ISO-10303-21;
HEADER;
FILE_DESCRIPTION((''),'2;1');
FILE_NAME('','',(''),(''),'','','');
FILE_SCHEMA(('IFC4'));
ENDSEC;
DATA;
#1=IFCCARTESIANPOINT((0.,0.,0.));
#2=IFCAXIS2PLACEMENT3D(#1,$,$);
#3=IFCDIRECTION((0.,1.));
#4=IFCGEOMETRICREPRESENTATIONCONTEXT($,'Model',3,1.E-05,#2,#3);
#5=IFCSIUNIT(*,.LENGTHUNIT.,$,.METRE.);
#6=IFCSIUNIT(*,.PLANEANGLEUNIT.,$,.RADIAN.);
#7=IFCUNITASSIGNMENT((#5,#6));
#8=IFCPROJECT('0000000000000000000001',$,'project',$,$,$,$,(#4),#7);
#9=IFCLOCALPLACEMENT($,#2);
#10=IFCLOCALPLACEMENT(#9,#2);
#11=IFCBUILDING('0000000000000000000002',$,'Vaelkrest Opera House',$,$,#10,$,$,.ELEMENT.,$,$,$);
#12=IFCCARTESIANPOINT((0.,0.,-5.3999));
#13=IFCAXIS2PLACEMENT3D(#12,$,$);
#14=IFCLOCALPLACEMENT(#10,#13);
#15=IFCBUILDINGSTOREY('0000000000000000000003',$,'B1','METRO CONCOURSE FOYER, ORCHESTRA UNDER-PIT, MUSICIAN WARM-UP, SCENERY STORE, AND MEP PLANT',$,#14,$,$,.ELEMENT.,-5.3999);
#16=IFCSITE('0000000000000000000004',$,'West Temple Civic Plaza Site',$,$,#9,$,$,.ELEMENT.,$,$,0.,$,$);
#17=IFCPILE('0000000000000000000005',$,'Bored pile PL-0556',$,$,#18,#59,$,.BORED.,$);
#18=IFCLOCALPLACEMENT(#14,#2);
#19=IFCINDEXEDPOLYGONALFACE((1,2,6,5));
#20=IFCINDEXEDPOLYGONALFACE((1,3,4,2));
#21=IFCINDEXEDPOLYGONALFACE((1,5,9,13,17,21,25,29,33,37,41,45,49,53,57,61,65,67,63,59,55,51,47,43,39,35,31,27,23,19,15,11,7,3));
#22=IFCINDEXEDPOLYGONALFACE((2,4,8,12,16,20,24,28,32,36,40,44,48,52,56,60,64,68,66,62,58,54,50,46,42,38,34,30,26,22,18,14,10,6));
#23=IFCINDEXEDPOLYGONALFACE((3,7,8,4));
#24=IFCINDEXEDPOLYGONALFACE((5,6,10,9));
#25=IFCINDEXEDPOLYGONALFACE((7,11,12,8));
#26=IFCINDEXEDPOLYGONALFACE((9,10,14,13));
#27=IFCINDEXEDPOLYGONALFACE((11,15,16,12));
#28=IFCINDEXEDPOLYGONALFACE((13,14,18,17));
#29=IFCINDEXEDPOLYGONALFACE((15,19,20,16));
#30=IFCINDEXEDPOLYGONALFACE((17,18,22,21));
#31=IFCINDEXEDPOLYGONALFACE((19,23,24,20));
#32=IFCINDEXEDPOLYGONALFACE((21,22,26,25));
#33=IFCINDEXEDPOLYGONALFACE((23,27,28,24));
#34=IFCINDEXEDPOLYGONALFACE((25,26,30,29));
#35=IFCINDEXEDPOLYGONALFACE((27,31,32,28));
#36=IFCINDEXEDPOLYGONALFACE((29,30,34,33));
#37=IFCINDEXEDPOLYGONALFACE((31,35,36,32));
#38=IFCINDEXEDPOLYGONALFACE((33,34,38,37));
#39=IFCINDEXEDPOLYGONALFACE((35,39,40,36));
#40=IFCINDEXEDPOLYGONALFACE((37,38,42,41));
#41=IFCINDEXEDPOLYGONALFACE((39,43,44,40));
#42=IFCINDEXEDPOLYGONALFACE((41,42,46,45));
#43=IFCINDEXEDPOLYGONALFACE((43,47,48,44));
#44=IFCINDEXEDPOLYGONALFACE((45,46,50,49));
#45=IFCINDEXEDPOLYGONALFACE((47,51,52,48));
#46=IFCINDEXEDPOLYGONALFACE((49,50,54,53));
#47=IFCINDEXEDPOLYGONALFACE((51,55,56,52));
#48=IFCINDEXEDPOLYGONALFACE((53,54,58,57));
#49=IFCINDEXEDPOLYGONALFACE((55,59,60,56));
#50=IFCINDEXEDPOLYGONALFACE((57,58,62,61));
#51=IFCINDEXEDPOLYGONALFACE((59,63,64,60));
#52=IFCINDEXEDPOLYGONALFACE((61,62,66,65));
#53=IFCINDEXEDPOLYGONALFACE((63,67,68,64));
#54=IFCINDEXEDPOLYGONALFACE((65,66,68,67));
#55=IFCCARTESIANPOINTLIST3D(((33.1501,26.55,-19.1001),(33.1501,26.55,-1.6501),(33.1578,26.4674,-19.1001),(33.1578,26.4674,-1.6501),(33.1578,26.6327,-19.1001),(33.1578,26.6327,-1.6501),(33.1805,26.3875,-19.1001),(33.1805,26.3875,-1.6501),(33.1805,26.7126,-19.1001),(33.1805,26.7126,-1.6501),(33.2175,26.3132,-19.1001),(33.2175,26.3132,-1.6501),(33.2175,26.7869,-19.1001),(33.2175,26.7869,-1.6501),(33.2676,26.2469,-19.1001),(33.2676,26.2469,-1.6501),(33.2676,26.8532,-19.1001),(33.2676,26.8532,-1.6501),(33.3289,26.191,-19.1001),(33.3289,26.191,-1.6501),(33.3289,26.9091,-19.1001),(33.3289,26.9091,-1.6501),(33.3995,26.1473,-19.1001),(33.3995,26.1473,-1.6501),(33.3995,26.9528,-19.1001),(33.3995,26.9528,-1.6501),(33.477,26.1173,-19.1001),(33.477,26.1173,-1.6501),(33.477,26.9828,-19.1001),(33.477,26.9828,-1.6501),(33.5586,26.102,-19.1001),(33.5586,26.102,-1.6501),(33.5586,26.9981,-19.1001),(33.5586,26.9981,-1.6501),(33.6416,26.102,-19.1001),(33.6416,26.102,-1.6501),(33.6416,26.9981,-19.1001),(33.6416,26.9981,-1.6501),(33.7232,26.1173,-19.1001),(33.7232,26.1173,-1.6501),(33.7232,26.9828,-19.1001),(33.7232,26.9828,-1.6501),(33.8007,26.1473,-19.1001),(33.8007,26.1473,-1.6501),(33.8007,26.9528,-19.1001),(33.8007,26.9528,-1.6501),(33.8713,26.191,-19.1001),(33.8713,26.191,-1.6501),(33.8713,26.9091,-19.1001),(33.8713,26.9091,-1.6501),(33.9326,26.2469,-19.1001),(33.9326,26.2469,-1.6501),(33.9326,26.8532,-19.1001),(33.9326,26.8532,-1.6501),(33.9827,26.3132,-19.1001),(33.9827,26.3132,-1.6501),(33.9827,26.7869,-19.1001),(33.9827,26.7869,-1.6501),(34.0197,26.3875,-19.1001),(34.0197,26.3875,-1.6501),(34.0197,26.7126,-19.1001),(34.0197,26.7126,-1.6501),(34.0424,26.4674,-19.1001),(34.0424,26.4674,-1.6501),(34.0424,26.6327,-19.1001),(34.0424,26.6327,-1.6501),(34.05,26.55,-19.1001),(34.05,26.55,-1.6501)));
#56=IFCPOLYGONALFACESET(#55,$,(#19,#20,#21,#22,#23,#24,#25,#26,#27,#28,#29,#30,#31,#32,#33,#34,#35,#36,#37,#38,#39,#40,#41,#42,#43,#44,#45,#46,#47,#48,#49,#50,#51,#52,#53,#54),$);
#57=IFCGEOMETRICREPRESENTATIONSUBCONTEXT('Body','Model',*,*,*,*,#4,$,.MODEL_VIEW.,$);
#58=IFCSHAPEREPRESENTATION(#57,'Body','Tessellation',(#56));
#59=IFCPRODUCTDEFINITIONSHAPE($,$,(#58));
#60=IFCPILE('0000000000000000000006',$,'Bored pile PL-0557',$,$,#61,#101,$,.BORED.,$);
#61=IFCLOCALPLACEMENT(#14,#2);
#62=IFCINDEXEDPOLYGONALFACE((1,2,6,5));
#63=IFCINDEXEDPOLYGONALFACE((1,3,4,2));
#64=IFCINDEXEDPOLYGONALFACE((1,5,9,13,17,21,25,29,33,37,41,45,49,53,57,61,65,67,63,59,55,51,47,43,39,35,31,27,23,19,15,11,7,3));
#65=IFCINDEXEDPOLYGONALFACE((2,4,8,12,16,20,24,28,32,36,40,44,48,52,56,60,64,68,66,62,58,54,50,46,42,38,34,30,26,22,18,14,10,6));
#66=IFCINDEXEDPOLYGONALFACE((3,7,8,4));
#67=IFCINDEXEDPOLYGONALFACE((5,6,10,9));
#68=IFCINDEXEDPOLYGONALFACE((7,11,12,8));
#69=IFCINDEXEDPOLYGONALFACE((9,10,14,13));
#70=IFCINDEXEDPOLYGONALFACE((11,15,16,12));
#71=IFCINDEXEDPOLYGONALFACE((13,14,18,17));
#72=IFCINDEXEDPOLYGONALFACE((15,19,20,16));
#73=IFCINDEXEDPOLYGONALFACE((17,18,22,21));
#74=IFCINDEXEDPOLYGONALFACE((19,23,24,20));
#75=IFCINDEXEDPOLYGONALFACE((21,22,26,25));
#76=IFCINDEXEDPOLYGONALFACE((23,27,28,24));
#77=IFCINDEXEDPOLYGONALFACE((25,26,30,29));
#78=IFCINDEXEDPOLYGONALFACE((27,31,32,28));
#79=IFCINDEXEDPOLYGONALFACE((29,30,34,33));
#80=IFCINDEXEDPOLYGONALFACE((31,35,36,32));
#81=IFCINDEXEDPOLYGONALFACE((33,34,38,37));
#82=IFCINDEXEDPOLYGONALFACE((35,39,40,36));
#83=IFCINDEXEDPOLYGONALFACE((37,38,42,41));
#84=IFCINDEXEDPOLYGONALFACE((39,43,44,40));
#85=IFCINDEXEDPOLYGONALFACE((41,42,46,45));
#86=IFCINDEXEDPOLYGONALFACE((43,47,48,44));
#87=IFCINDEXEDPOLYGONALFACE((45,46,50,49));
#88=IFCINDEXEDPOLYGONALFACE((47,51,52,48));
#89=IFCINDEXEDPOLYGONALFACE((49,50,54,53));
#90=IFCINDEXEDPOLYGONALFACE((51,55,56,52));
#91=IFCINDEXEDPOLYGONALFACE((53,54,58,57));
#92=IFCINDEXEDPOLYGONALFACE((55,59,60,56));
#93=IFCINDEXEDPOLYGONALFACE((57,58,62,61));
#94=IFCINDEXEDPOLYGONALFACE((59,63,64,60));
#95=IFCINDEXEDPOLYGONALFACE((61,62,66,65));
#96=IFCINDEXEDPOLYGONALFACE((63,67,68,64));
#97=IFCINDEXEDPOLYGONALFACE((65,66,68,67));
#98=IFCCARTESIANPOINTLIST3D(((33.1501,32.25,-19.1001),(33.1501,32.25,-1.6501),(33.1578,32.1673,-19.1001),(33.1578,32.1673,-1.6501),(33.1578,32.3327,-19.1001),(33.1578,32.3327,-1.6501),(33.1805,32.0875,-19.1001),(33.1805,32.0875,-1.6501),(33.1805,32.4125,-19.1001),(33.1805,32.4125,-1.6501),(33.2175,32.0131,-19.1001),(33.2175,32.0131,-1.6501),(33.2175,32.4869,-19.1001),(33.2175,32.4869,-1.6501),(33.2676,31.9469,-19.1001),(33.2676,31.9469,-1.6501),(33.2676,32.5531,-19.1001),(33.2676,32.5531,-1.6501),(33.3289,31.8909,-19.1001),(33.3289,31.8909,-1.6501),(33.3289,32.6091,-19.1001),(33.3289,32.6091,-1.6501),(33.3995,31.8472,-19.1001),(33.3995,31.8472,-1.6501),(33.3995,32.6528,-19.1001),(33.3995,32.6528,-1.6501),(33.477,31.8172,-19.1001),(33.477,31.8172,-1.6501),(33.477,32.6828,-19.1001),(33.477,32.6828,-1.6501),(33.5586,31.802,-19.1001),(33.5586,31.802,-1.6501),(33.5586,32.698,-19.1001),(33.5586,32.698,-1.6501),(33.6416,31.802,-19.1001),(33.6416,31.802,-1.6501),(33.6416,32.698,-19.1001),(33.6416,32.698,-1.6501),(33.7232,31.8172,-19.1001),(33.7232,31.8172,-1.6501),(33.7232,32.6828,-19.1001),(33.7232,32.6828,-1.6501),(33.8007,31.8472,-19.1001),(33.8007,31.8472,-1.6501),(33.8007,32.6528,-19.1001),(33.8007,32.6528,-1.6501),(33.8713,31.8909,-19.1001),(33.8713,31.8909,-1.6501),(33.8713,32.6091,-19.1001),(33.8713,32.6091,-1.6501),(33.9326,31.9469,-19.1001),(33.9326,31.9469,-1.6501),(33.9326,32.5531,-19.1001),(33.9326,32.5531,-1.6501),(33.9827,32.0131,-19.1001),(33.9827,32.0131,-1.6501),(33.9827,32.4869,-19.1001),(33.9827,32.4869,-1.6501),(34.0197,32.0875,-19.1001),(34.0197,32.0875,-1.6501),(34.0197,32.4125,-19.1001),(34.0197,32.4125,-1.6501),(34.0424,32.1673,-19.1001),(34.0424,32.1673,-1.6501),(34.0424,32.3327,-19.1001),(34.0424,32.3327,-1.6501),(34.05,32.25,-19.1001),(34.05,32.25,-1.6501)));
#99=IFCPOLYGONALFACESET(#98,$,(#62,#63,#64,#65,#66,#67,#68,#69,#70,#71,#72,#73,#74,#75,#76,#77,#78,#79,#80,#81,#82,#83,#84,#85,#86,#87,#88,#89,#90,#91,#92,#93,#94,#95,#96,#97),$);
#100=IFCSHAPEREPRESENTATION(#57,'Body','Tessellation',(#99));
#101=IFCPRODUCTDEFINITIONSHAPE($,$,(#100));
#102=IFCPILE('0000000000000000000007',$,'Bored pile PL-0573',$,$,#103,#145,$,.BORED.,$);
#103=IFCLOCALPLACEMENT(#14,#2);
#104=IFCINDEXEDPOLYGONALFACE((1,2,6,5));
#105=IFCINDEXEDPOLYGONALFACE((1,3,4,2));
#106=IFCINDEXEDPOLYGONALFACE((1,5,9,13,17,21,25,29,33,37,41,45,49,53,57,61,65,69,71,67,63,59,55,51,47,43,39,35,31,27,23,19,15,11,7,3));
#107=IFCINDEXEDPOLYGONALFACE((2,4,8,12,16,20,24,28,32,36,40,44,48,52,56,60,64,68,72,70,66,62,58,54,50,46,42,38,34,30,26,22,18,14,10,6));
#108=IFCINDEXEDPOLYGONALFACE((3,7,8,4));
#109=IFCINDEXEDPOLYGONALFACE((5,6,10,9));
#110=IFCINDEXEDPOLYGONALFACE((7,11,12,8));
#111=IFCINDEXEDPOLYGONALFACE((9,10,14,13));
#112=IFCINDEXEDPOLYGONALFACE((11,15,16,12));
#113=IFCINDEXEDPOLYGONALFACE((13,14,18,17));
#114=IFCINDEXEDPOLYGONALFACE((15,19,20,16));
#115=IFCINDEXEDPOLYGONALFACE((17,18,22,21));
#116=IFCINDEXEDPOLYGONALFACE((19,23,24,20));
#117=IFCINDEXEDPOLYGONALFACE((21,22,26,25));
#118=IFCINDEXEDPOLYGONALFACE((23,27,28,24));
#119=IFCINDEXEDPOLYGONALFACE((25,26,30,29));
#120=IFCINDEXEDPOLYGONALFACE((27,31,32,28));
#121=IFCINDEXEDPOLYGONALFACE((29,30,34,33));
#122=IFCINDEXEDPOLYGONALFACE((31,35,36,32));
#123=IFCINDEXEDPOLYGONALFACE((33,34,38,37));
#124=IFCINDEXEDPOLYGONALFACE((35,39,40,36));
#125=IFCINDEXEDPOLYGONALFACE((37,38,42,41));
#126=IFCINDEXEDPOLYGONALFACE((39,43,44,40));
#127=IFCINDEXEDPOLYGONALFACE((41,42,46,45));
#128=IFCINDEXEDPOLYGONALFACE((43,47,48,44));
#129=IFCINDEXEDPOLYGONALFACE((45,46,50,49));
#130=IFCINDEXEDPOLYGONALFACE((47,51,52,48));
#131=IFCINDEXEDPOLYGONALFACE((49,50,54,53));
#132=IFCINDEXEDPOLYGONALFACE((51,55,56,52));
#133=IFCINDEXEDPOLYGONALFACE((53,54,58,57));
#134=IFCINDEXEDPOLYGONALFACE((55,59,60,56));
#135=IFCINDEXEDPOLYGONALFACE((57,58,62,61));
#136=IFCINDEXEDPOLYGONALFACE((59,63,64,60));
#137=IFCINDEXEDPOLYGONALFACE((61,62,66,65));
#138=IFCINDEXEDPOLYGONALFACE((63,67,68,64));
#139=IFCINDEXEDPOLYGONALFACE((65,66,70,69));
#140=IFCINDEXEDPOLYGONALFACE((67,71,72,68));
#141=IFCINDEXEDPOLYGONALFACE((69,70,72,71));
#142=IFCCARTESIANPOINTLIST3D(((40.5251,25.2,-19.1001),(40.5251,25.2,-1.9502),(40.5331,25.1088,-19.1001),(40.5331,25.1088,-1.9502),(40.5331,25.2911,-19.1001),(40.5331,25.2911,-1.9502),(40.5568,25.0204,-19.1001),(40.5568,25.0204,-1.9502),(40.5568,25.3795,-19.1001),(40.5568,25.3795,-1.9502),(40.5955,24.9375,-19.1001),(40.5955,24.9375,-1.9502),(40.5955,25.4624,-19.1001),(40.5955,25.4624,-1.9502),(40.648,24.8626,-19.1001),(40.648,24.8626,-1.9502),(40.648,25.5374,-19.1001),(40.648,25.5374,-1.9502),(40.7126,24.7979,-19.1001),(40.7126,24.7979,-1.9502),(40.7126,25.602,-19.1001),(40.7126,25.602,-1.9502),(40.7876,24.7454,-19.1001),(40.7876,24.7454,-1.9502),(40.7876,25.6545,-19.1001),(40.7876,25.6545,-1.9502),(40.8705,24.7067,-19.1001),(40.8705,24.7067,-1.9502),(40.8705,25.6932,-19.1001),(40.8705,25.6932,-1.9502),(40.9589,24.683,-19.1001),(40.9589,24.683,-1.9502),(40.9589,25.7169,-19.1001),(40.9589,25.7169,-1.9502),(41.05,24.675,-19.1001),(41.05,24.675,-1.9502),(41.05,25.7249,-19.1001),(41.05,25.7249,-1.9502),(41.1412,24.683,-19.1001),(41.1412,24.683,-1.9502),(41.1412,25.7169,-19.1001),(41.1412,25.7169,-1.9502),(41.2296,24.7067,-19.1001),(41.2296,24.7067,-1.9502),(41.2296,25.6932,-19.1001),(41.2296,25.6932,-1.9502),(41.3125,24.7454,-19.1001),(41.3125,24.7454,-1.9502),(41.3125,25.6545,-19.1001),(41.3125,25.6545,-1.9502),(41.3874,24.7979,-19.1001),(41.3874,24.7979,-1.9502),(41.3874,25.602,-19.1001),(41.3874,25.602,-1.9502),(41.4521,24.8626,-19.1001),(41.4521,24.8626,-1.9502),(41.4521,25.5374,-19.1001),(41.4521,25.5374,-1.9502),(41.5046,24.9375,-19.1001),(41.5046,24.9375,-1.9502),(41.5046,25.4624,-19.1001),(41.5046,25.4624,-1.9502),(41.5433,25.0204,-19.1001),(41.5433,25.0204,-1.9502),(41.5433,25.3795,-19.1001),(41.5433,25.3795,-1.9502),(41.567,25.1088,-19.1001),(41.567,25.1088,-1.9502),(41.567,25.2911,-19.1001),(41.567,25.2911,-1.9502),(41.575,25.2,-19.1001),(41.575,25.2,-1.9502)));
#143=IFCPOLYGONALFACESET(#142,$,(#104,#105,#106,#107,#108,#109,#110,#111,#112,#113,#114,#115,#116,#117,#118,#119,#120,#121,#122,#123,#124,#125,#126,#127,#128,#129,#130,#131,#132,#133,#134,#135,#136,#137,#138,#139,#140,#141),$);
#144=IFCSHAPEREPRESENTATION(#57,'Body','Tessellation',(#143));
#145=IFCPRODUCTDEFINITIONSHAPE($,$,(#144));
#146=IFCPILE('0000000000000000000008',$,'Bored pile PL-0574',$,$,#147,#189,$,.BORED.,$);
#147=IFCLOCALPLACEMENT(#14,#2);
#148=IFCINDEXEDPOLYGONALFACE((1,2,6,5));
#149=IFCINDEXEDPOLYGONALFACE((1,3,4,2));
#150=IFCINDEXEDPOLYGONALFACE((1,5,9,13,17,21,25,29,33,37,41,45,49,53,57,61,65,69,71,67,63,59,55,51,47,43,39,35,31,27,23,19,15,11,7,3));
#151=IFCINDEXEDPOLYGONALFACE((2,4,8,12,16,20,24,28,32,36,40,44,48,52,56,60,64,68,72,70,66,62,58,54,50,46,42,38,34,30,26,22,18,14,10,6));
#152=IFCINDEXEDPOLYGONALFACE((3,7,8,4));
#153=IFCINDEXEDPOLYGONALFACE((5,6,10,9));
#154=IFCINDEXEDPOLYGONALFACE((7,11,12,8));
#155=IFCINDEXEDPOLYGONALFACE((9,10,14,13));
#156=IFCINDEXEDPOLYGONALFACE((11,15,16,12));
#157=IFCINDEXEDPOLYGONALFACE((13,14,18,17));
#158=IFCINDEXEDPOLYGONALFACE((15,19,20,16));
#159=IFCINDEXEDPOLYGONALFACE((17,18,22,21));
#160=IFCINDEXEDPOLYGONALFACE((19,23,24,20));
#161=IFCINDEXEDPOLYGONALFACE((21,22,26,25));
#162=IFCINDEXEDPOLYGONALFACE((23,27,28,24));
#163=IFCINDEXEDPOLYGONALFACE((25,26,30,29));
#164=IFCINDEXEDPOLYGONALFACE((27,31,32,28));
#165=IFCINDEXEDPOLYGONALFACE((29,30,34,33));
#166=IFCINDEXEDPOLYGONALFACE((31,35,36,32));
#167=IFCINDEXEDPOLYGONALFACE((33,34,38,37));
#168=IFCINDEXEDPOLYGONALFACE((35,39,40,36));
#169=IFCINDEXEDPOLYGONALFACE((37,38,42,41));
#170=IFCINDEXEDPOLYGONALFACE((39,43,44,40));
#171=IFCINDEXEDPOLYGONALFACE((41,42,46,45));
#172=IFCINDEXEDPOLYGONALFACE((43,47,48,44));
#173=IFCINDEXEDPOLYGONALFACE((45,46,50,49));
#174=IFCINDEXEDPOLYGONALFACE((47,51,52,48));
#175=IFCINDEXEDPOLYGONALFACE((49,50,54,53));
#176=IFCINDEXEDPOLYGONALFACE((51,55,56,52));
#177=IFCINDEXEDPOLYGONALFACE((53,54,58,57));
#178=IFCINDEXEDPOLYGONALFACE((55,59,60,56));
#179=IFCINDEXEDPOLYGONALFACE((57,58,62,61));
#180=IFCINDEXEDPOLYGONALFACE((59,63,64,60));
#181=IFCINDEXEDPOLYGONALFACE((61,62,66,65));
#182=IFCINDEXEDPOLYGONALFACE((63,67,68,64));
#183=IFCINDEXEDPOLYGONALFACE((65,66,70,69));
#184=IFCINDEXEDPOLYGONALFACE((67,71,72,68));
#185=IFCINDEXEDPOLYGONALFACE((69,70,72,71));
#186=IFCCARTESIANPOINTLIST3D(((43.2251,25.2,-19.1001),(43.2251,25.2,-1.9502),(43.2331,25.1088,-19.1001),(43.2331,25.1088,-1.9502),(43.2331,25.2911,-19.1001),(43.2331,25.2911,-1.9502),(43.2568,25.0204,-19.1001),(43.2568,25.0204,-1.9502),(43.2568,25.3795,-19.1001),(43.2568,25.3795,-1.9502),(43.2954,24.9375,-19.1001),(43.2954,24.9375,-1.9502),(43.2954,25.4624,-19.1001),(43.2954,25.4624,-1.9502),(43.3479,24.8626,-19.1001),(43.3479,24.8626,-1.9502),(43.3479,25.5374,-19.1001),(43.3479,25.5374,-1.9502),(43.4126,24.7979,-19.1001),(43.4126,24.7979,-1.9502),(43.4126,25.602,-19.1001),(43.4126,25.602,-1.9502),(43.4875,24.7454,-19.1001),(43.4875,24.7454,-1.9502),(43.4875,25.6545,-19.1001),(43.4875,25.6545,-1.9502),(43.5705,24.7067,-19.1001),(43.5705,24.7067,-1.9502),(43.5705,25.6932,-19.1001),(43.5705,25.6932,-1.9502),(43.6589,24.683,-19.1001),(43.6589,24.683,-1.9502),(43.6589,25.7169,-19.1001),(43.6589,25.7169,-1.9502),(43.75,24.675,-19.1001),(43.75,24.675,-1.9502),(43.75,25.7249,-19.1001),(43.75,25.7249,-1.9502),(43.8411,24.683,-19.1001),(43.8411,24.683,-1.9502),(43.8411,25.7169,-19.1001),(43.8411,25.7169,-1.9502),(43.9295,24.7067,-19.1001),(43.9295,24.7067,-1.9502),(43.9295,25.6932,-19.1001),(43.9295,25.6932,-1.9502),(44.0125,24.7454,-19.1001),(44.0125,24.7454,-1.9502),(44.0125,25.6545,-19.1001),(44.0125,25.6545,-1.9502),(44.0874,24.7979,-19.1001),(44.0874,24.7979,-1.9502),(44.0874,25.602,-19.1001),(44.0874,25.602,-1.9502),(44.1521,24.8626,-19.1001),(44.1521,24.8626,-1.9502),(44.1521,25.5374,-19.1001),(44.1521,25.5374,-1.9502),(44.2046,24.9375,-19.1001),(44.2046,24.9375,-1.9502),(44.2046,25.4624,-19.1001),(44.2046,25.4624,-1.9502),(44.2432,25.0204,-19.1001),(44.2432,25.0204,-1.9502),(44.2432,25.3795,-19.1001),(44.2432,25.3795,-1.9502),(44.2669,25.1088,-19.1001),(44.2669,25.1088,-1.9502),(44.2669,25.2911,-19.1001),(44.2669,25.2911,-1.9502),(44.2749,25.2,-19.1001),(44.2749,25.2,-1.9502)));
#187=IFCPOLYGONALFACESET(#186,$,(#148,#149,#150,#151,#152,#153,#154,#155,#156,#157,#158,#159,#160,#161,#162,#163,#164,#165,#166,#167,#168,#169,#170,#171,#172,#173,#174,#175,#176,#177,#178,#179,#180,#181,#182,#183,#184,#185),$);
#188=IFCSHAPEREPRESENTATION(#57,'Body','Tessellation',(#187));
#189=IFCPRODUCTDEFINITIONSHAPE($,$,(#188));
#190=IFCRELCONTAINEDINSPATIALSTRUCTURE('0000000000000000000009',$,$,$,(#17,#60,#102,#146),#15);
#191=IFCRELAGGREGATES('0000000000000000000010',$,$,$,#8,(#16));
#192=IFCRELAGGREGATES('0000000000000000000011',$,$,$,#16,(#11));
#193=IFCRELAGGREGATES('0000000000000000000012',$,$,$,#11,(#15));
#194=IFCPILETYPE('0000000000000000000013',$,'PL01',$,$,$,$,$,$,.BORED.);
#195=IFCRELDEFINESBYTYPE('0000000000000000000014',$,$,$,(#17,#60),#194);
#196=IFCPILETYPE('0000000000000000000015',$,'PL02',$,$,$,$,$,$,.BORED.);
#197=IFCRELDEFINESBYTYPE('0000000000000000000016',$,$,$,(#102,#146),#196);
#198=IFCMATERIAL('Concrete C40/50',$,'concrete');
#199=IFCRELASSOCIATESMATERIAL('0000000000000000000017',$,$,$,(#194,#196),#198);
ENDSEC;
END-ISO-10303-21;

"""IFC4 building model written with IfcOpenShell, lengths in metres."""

from ifc_helpers import new_model, si_unit, direction, frame, origin, origin_2d, place, context, subcontext, project, spatial, circle, extrude, material, material_profile, profile_set, type_object, element, save


model = new_model("IFC4")

# Units and contexts
model_context = context("Model", 3, precision=1e-05, world=origin(), true_north=direction((0.0, 1.0)))
body_context = subcontext(model_context, "Body", "Model", "MODEL_VIEW")
ifc_project = project(units=[si_unit("LENGTHUNIT", "METRE"), si_unit("PLANEANGLEUNIT", "RADIAN")], contexts=[model_context])

# Site, building, storey
site_placement = place(None, origin())
site = spatial("IfcSite", under=ifc_project, at=site_placement, Name="West Temple Civic Plaza Site", CompositionType="ELEMENT", RefElevation=0.0)
building_placement = place(site_placement, origin())
building = spatial("IfcBuilding", under=site, at=building_placement, Name="Vaelkrest Opera House", CompositionType="ELEMENT")
storey_placement = place(building_placement, frame((0.0, 0.0, -5.3999)))
storey = spatial("IfcBuildingStorey", under=building, at=storey_placement, Name="B1", Description="METRO CONCOURSE FOYER, ORCHESTRA UNDER-PIT, MUSICIAN WARM-UP, SCENERY STORE, AND MEP PLANT", CompositionType="ELEMENT", Elevation=-5.3999)

# Shared definitions
ifc_material_1 = material(Name="Concrete C40/50", Category="concrete")

# Piles
ifc_material_profile_1 = material_profile(ifc_material_1, circle(Radius=0.45, at=origin_2d()), Name="PILE900")
ifc_profile_set_1 = profile_set([ifc_material_profile_1], Name="Concrete C40/50")
pile_type_1 = type_object("IfcPileType", Name="PL01", PredefinedType="BORED", material=ifc_profile_set_1)
for number, where, z_axis, x_axis, name in (
    (1, (33.6001, 26.55, -1.6501), (0.0, 0.0, -1.0), (1.0, 0.0, 0.0), "Bored pile PL-0556"),
    (2, (33.6001, 32.25, -1.6501), (0.0, 0.0, -1.0), (1.0, 0.0, 0.0), "Bored pile PL-0557"),
):
    element("IfcPile", number, at=place(storey_placement, frame(where, z_axis=z_axis, x_axis=x_axis)), inside=storey, type_object=pile_type_1, Name=name, PredefinedType="BORED", context=body_context, shape_type="SweptSolid", body=[
        extrude(circle(Radius=0.45, at=origin_2d()), origin(), (0.0, 0.0, 1.0), 17.45),
    ])
ifc_material_profile_2 = material_profile(ifc_material_1, circle(Radius=0.5249, at=origin_2d()), Name="PILE1050")
ifc_profile_set_2 = profile_set([ifc_material_profile_2], Name="Concrete C40/50")
pile_type_2 = type_object("IfcPileType", Name="PL02", PredefinedType="BORED", material=ifc_profile_set_2)
for number, where, z_axis, x_axis, name in (
    (3, (41.05, 25.2, -1.9502), (0.0, 0.0, -1.0), (1.0, 0.0, 0.0), "Bored pile PL-0573"),
    (4, (43.75, 25.2, -1.9502), (0.0, 0.0, -1.0), (1.0, 0.0, 0.0), "Bored pile PL-0574"),
):
    element("IfcPile", number, at=place(storey_placement, frame(where, z_axis=z_axis, x_axis=x_axis)), inside=storey, type_object=pile_type_2, Name=name, PredefinedType="BORED", context=body_context, shape_type="SweptSolid", body=[
        extrude(circle(Radius=0.5249, at=origin_2d()), origin(), (0.0, 0.0, 1.0), 17.1499),
    ])

save(model, "model.ifc")
